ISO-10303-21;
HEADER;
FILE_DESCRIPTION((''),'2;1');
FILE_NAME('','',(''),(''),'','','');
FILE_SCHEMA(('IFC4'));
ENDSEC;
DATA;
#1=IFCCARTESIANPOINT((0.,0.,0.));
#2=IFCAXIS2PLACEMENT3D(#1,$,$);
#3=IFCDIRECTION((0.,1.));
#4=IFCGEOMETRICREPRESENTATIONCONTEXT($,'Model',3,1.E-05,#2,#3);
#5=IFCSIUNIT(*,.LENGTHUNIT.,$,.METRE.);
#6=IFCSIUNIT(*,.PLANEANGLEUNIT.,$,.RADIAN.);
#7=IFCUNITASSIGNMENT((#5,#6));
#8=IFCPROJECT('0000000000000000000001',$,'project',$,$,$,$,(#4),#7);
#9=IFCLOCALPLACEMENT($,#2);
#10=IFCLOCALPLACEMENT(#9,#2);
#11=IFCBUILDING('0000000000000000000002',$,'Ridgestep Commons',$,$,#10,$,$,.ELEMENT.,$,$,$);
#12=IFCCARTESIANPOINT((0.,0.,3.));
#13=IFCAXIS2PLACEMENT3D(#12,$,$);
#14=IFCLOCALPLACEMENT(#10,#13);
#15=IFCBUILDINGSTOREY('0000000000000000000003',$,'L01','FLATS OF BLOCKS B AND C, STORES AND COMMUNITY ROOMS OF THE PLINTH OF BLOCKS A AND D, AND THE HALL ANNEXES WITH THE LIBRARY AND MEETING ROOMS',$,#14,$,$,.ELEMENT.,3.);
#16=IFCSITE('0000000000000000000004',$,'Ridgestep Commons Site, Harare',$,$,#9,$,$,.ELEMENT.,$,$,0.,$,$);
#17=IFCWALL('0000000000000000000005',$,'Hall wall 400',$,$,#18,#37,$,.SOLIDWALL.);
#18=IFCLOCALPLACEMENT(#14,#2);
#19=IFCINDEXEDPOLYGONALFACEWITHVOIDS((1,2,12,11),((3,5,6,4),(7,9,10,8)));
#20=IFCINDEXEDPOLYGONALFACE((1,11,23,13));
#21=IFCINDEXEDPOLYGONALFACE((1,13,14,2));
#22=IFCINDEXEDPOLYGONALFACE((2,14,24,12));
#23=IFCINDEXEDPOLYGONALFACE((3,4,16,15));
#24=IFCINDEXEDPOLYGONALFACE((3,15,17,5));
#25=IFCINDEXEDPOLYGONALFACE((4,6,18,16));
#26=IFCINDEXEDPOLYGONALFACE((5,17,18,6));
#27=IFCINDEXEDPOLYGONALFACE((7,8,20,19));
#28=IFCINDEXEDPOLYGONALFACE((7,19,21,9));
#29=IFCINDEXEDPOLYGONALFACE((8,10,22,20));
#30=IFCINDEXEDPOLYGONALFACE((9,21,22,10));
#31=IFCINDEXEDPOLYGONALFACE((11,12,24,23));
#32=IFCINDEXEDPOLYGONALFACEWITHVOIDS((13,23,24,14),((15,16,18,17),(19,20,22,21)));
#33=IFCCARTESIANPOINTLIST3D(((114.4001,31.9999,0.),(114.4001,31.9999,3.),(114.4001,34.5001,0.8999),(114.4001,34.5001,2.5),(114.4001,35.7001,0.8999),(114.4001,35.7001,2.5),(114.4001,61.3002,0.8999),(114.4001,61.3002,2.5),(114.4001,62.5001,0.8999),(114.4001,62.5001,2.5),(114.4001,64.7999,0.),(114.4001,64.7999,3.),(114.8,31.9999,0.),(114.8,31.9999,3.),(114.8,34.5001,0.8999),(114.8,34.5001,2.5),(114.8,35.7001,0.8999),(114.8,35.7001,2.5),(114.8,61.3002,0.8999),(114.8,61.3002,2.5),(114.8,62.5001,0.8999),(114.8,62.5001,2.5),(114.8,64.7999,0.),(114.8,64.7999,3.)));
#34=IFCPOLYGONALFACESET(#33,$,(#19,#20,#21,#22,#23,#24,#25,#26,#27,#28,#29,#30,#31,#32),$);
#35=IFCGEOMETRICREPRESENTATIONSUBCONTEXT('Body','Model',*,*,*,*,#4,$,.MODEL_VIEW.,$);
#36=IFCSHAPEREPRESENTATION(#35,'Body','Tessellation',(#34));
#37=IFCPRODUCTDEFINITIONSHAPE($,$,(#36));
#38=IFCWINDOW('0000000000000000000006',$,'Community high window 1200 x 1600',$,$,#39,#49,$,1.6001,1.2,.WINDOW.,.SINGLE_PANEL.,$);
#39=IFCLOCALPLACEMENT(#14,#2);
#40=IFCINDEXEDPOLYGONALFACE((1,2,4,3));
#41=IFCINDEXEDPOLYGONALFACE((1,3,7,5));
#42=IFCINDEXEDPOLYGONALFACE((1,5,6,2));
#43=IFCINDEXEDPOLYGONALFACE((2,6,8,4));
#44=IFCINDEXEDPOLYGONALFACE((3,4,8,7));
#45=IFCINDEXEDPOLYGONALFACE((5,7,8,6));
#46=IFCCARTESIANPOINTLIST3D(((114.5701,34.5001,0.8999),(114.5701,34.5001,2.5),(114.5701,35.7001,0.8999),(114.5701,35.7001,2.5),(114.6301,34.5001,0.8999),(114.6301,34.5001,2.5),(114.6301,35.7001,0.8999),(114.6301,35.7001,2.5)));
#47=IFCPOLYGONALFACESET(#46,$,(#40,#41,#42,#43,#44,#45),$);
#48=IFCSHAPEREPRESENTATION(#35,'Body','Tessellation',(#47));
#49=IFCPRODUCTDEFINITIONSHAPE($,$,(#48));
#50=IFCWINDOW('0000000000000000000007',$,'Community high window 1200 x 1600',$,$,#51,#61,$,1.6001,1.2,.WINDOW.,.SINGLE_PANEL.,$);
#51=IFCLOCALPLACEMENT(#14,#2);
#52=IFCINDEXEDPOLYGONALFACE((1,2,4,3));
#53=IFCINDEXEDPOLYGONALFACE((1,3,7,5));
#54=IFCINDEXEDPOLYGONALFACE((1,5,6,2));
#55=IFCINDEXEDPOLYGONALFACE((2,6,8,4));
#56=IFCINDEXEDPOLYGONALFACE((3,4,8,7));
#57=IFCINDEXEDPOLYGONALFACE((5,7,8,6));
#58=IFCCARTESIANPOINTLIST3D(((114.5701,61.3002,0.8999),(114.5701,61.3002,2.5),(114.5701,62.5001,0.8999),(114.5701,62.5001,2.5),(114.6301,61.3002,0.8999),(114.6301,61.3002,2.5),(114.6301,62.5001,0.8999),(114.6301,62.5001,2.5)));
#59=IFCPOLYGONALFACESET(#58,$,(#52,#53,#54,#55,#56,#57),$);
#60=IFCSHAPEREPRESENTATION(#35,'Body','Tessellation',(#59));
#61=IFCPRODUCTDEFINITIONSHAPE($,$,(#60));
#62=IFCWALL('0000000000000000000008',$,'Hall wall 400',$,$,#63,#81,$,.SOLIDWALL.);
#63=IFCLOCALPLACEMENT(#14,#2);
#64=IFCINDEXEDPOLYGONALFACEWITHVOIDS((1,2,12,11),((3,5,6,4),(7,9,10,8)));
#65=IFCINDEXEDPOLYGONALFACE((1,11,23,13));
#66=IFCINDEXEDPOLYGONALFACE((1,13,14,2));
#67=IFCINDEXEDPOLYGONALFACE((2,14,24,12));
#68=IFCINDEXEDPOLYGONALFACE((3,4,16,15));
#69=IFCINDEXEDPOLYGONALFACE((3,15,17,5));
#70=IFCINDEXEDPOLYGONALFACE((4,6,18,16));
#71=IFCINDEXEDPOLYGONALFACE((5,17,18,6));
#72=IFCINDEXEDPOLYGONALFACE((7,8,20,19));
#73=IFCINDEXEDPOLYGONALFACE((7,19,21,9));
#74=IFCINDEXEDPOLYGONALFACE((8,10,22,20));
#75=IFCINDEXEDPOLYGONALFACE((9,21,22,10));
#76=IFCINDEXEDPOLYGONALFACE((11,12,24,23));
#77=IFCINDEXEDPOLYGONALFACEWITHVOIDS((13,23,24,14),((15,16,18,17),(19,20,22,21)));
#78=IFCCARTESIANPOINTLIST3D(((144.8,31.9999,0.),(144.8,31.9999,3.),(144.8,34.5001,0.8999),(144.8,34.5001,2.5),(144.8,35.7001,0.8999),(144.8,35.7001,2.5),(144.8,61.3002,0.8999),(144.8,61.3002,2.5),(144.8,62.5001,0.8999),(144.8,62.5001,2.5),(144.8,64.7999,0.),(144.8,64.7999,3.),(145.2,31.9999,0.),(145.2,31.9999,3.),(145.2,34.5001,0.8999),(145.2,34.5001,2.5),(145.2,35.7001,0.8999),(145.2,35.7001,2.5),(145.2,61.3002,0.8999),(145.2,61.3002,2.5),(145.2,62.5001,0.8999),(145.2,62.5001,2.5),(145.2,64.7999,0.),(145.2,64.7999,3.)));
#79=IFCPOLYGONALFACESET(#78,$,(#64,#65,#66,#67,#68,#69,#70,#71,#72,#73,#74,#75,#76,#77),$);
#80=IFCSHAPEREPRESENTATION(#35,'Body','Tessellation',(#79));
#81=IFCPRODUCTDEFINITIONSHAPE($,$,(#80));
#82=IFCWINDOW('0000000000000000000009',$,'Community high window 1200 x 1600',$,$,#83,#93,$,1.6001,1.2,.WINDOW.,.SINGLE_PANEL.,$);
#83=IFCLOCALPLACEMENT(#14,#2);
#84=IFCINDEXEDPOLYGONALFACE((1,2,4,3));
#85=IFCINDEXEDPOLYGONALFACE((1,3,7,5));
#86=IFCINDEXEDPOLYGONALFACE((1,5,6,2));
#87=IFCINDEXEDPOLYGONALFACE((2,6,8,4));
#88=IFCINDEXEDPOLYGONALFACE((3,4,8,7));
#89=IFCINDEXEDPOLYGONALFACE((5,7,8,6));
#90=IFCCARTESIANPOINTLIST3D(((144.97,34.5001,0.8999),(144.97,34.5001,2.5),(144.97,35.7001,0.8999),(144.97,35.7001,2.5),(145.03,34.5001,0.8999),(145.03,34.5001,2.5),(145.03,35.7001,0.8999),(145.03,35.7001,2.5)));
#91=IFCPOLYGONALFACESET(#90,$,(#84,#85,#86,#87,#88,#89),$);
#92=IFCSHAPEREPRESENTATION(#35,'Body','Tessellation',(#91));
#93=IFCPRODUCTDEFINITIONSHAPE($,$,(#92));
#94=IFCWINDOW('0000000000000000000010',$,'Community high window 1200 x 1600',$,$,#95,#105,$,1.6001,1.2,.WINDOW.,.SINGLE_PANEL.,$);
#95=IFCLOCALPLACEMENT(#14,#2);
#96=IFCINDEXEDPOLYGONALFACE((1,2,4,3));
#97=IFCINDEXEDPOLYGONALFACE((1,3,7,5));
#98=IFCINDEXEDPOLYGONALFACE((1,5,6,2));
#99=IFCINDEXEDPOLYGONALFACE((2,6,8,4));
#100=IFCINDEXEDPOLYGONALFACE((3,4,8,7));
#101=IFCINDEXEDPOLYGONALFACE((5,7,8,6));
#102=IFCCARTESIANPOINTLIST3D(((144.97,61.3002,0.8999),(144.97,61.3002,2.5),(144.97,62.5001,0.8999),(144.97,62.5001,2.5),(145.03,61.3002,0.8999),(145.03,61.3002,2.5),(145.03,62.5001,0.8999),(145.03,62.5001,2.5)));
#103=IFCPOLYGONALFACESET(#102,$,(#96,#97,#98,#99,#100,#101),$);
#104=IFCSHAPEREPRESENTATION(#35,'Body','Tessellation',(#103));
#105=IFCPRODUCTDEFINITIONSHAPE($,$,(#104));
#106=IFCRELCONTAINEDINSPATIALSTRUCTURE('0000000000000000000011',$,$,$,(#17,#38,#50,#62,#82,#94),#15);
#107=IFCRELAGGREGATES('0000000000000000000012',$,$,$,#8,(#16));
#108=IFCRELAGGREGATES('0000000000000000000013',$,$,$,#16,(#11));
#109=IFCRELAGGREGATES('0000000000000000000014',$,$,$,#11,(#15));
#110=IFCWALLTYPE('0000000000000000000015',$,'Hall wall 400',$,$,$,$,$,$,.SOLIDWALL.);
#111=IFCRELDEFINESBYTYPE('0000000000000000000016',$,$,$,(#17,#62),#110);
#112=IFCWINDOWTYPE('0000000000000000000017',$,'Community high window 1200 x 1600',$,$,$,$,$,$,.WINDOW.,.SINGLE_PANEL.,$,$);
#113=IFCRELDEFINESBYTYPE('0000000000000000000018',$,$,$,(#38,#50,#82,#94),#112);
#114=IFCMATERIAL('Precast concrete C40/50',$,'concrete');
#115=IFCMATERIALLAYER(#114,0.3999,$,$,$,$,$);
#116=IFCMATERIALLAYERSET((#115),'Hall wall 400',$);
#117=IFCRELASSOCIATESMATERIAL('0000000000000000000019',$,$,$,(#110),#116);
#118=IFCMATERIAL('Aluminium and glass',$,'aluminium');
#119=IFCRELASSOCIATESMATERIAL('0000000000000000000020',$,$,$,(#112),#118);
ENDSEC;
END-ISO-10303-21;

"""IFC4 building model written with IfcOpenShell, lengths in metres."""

from ifc_helpers import new_model, si_unit, direction, frame, frame_2d, origin, place, context, subcontext, project, spatial, rectangle, extrude, material, layer, layer_set, type_object, element, fill, save


model = new_model("IFC4")

# Units and contexts
model_context = context("Model", 3, precision=1e-05, world=origin(), true_north=direction((0.0, 1.0)))
body_context = subcontext(model_context, "Body", "Model", "MODEL_VIEW")
ifc_project = project(units=[si_unit("LENGTHUNIT", "METRE"), si_unit("PLANEANGLEUNIT", "RADIAN")], contexts=[model_context])

# Site, building, storey
site_placement = place(None, origin())
site = spatial("IfcSite", under=ifc_project, at=site_placement, Name="Ridgestep Commons Site, Harare", CompositionType="ELEMENT", RefElevation=0.0)
building_placement = place(site_placement, origin())
building = spatial("IfcBuilding", under=site, at=building_placement, Name="Ridgestep Commons", CompositionType="ELEMENT")
storey_placement = place(building_placement, frame((0.0, 0.0, 3.0)))
storey = spatial("IfcBuildingStorey", under=building, at=storey_placement, Name="L01", Description="FLATS OF BLOCKS B AND C, STORES AND COMMUNITY ROOMS OF THE PLINTH OF BLOCKS A AND D, AND THE HALL ANNEXES WITH THE LIBRARY AND MEETING ROOMS", CompositionType="ELEMENT", Elevation=3.0)

# Walls, openings, windows
ifc_material_1 = material(Name="Precast concrete C40/50", Category="concrete")
ifc_layer_1 = layer(ifc_material_1, 0.3999)
ifc_layer_set_1 = layer_set([ifc_layer_1], Name="Hall wall 400")
wall_type_1 = type_object("IfcWallType", Name="Hall wall 400", PredefinedType="SOLIDWALL", material=ifc_layer_set_1)
wall_1_placement = place(storey_placement, frame((114.6001, 32.0, 0.0), z_axis=(0.0, 0.0, 1.0), x_axis=(0.0, 1.0, 0.0)))
wall_1 = element("IfcWall", 1, at=wall_1_placement, inside=storey, type_object=wall_type_1, Name="Hall wall 400", PredefinedType="SOLIDWALL", context=body_context, shape_type="SweptSolid", body=[
    extrude(rectangle(XDim=32.8, YDim=0.3999, at=frame_2d((16.3999, 0.0))), origin(), (0.0, 0.0, 1.0), 3.0),
])
opening_1_placement = place(wall_1_placement, frame((2.5, 0.0, 0.8999)))
opening_1 = element("IfcOpeningElement", 2, at=opening_1_placement, cuts=wall_1, PredefinedType="OPENING", context=body_context, shape_type="SweptSolid", body=[
    extrude(rectangle(XDim=1.2, YDim=1.6001, at=frame_2d((0.6001, 0.8))), frame((0.0, 0.21, 0.0), z_axis=(0.0, -1.0, 0.0), x_axis=(1.0, 0.0, 0.0)), (0.0, 0.0, 1.0), 0.4199),
])
opening_2_placement = place(wall_1_placement, frame((29.3, 0.0, 0.8999)))
opening_2 = element("IfcOpeningElement", 3, at=opening_2_placement, cuts=wall_1, PredefinedType="OPENING", context=body_context, shape_type="SweptSolid", body=[
    extrude(rectangle(XDim=1.2, YDim=1.6001, at=frame_2d((0.6001, 0.8))), frame((0.0, 0.21, 0.0), z_axis=(0.0, -1.0, 0.0), x_axis=(1.0, 0.0, 0.0)), (0.0, 0.0, 1.0), 0.4199),
])
ifc_material_2 = material(Name="Aluminium and glass", Category="aluminium")
window_type_1 = type_object("IfcWindowType", Name="Community high window 1200 x 1600", PartitioningType="SINGLE_PANEL", PredefinedType="WINDOW", material=ifc_material_2)
window_1_placement = place(opening_1_placement, origin())
window_1 = element("IfcWindow", 4, at=window_1_placement, inside=storey, type_object=window_type_1, Name="Community high window 1200 x 1600", OverallHeight=1.6001, OverallWidth=1.2, PartitioningType="SINGLE_PANEL", PredefinedType="WINDOW", context=body_context, shape_type="SweptSolid", body=[
    extrude(rectangle(XDim=1.2, YDim=1.6001, at=frame_2d((0.6001, 0.8))), frame((0.0, 0.03, 0.0), z_axis=(0.0, -1.0, 0.0), x_axis=(1.0, 0.0, 0.0)), (0.0, 0.0, 1.0), 0.0601),
])
fill(opening_1, window_1)
window_2_placement = place(opening_2_placement, origin())
window_2 = element("IfcWindow", 5, at=window_2_placement, inside=storey, type_object=window_type_1, Name="Community high window 1200 x 1600", OverallHeight=1.6001, OverallWidth=1.2, PartitioningType="SINGLE_PANEL", PredefinedType="WINDOW", context=body_context, shape_type="SweptSolid", body=[
    extrude(rectangle(XDim=1.2, YDim=1.6001, at=frame_2d((0.6001, 0.8))), frame((0.0, 0.03, 0.0), z_axis=(0.0, -1.0, 0.0), x_axis=(1.0, 0.0, 0.0)), (0.0, 0.0, 1.0), 0.0601),
])
fill(opening_2, window_2)
wall_2_placement = place(storey_placement, frame((145.0, 32.0, 0.0), z_axis=(0.0, 0.0, 1.0), x_axis=(0.0, 1.0, 0.0)))
wall_2 = element("IfcWall", 6, at=wall_2_placement, inside=storey, type_object=wall_type_1, Name="Hall wall 400", PredefinedType="SOLIDWALL", context=body_context, shape_type="SweptSolid", body=[
    extrude(rectangle(XDim=32.8, YDim=0.3999, at=frame_2d((16.3999, 0.0))), origin(), (0.0, 0.0, 1.0), 3.0),
])
opening_3_placement = place(wall_2_placement, frame((2.5, 0.0, 0.8999)))
opening_3 = element("IfcOpeningElement", 7, at=opening_3_placement, cuts=wall_2, PredefinedType="OPENING", context=body_context, shape_type="SweptSolid", body=[
    extrude(rectangle(XDim=1.2, YDim=1.6001, at=frame_2d((0.6001, 0.8))), frame((0.0, 0.21, 0.0), z_axis=(0.0, -1.0, 0.0), x_axis=(1.0, 0.0, 0.0)), (0.0, 0.0, 1.0), 0.4199),
])
opening_4_placement = place(wall_2_placement, frame((29.3, 0.0, 0.8999)))
opening_4 = element("IfcOpeningElement", 8, at=opening_4_placement, cuts=wall_2, PredefinedType="OPENING", context=body_context, shape_type="SweptSolid", body=[
    extrude(rectangle(XDim=1.2, YDim=1.6001, at=frame_2d((0.6001, 0.8))), frame((0.0, 0.21, 0.0), z_axis=(0.0, -1.0, 0.0), x_axis=(1.0, 0.0, 0.0)), (0.0, 0.0, 1.0), 0.4199),
])
window_3_placement = place(opening_3_placement, origin())
window_3 = element("IfcWindow", 9, at=window_3_placement, inside=storey, type_object=window_type_1, Name="Community high window 1200 x 1600", OverallHeight=1.6001, OverallWidth=1.2, PartitioningType="SINGLE_PANEL", PredefinedType="WINDOW", context=body_context, shape_type="SweptSolid", body=[
    extrude(rectangle(XDim=1.2, YDim=1.6001, at=frame_2d((0.6001, 0.8))), frame((0.0, 0.03, 0.0), z_axis=(0.0, -1.0, 0.0), x_axis=(1.0, 0.0, 0.0)), (0.0, 0.0, 1.0), 0.0601),
])
fill(opening_3, window_3)
window_4_placement = place(opening_4_placement, origin())
window_4 = element("IfcWindow", 10, at=window_4_placement, inside=storey, type_object=window_type_1, Name="Community high window 1200 x 1600", OverallHeight=1.6001, OverallWidth=1.2, PartitioningType="SINGLE_PANEL", PredefinedType="WINDOW", context=body_context, shape_type="SweptSolid", body=[
    extrude(rectangle(XDim=1.2, YDim=1.6001, at=frame_2d((0.6001, 0.8))), frame((0.0, 0.03, 0.0), z_axis=(0.0, -1.0, 0.0), x_axis=(1.0, 0.0, 0.0)), (0.0, 0.0, 1.0), 0.0601),
])
fill(opening_4, window_4)

save(model, "model.ifc")
